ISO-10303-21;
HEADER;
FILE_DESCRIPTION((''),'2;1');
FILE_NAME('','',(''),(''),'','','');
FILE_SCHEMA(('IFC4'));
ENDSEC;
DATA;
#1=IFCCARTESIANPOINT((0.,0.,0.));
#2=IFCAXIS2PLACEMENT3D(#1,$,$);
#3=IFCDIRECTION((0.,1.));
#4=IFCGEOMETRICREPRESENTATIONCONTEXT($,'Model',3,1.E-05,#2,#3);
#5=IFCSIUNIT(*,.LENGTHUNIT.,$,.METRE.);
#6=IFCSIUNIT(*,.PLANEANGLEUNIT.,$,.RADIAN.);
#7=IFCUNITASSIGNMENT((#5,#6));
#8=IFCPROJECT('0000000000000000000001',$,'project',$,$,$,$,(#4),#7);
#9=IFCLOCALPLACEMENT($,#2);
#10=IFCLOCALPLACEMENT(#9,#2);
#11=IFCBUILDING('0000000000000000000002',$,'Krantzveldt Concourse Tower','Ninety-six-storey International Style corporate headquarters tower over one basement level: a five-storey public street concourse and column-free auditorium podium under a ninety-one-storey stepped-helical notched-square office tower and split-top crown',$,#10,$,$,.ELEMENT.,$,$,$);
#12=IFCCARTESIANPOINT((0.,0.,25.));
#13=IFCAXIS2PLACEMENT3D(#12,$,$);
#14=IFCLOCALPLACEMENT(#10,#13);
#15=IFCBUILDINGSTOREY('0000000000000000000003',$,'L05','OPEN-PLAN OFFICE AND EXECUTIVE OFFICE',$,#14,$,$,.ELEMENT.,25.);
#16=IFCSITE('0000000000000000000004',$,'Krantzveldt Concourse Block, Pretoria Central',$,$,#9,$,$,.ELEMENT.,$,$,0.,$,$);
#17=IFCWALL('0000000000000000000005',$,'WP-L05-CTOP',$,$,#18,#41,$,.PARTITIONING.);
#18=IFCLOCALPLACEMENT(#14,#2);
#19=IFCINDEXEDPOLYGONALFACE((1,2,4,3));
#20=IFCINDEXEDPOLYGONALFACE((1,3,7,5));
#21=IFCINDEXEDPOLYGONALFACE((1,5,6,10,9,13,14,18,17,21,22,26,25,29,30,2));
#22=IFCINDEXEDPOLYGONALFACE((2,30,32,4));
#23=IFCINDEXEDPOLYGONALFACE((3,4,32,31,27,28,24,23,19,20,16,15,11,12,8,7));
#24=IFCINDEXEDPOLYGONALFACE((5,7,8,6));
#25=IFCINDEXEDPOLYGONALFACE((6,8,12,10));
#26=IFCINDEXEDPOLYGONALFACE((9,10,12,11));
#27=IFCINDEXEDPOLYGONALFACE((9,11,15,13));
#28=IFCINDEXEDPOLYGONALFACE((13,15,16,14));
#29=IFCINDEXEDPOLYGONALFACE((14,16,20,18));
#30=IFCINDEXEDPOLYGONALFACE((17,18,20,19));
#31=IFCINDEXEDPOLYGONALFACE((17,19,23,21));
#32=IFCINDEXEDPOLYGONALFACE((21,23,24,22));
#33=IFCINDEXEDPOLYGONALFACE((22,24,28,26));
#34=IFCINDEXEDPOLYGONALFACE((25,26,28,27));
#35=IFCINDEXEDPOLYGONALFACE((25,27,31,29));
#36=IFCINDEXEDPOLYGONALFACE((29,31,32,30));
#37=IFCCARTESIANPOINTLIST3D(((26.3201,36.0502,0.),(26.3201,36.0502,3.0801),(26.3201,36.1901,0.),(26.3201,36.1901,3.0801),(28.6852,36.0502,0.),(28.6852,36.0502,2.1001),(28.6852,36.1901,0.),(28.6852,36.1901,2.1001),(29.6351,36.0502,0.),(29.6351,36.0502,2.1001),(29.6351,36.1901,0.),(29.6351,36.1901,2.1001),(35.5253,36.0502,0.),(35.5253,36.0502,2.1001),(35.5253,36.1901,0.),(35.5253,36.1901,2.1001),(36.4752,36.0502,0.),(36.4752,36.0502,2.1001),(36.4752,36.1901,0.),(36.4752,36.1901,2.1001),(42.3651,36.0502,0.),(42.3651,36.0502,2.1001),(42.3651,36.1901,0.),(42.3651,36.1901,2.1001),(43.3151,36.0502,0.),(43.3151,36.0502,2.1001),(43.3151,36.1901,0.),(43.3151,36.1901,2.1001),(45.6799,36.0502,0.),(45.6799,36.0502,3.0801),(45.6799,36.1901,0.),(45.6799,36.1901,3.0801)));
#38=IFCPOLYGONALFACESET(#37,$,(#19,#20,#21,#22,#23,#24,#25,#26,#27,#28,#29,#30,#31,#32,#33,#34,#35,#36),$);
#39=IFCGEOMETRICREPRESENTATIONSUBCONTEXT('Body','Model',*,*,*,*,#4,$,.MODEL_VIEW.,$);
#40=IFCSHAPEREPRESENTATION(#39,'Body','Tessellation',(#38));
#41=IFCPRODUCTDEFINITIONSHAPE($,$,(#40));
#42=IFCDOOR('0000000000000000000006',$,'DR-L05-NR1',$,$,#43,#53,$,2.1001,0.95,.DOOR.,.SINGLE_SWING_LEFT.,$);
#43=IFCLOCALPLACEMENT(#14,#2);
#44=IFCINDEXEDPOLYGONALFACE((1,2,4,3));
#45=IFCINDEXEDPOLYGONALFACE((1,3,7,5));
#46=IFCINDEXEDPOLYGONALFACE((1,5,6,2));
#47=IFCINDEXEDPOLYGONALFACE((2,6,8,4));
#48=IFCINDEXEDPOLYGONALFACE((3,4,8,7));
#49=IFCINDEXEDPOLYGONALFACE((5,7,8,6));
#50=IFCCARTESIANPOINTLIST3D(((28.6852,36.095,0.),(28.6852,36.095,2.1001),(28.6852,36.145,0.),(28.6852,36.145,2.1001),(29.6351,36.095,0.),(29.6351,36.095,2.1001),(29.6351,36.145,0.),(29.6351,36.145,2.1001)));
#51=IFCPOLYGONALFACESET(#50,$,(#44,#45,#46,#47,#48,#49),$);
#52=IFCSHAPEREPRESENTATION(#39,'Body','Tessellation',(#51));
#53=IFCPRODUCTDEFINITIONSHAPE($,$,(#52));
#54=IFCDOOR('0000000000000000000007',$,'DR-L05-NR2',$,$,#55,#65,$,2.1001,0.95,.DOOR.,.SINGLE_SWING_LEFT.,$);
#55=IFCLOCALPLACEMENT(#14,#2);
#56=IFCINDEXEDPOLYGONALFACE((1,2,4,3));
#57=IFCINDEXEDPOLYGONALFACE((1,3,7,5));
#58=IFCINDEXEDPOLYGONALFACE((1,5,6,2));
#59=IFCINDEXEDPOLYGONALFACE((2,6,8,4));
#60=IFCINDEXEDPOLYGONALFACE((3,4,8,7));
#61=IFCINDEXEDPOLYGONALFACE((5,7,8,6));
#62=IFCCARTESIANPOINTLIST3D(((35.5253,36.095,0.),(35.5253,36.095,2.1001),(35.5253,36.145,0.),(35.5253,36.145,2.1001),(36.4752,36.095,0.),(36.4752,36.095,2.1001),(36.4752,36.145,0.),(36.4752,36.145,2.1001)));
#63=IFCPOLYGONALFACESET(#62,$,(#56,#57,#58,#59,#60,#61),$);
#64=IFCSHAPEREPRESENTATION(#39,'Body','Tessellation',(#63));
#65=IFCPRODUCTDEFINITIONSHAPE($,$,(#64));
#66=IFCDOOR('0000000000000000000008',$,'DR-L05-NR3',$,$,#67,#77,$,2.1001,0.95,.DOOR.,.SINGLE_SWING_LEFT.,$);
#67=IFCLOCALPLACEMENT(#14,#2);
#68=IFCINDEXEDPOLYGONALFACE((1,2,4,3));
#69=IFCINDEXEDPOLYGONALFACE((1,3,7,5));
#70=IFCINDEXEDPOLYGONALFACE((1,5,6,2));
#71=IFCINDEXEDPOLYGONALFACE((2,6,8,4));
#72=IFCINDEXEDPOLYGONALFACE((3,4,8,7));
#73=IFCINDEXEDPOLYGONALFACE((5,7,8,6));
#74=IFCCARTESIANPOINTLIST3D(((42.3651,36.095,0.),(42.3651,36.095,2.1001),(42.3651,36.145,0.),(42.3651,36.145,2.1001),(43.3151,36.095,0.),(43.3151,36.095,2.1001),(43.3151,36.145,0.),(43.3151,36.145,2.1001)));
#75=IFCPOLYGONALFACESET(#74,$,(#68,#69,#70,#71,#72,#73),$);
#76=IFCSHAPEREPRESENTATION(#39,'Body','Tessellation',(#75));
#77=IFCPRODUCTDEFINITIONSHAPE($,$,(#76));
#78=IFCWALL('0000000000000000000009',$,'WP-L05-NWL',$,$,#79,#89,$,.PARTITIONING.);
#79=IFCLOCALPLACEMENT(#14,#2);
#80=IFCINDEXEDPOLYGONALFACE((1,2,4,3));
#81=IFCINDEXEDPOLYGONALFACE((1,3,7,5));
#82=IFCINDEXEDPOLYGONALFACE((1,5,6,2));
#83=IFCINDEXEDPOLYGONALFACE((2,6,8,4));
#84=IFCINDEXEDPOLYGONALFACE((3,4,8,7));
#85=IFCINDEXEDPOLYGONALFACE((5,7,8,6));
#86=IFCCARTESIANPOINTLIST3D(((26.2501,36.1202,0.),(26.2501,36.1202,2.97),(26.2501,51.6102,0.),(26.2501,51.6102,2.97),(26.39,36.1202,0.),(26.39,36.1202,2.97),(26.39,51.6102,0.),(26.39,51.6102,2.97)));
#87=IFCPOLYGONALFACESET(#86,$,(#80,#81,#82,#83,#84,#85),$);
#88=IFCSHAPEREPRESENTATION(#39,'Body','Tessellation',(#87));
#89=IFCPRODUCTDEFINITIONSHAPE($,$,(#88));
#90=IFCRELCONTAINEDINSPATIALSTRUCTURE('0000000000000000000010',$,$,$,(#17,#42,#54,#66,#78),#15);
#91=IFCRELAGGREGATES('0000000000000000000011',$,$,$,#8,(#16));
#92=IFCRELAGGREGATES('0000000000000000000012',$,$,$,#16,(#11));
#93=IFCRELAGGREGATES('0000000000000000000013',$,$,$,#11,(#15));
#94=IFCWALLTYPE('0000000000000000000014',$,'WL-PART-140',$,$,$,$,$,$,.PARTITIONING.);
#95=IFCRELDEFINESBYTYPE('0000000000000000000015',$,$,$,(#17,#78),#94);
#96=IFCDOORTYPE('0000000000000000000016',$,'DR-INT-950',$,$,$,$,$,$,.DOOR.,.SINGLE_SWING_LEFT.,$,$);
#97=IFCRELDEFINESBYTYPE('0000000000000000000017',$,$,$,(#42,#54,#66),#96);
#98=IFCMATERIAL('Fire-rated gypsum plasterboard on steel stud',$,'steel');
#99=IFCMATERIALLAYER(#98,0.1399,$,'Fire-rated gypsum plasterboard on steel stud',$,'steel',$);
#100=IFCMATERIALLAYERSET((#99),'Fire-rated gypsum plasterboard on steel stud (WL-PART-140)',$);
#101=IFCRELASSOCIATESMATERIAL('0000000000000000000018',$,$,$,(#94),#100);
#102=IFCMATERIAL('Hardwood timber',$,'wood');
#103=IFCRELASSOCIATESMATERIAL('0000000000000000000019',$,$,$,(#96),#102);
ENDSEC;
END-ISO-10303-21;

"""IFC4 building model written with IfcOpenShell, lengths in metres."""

from ifc_helpers import new_model, si_unit, direction, frame, frame_2d, origin, place, context, subcontext, project, spatial, rectangle, extrude, material, layer, layer_set, type_object, element, fill, save


model = new_model("IFC4")

# Units and contexts
model_context = context("Model", 3, precision=1e-05, world=origin(), true_north=direction((0.0, 1.0)))
body_context = subcontext(model_context, "Body", "Model", "MODEL_VIEW")
ifc_project = project(units=[si_unit("LENGTHUNIT", "METRE"), si_unit("PLANEANGLEUNIT", "RADIAN")], contexts=[model_context])

# Site, building, storey
site_placement = place(None, origin())
site = spatial("IfcSite", under=ifc_project, at=site_placement, Name="Krantzveldt Concourse Block, Pretoria Central", CompositionType="ELEMENT", RefElevation=0.0)
building_placement = place(site_placement, origin())
building = spatial("IfcBuilding", under=site, at=building_placement, Name="Krantzveldt Concourse Tower", Description="Ninety-six-storey International Style corporate headquarters tower over one basement level: a five-storey public street concourse and column-free auditorium podium under a ninety-one-storey stepped-helical notched-square office tower and split-top crown", CompositionType="ELEMENT")
storey_placement = place(building_placement, frame((0.0, 0.0, 25.0)))
storey = spatial("IfcBuildingStorey", under=building, at=storey_placement, Name="L05", Description="OPEN-PLAN OFFICE AND EXECUTIVE OFFICE", CompositionType="ELEMENT", Elevation=25.0)

# Shared definitions
ifc_material_1 = material(Name="Fire-rated gypsum plasterboard on steel stud", Category="steel")

# Wall, openings, doors
ifc_layer_1 = layer(ifc_material_1, 0.1399, Name="Fire-rated gypsum plasterboard on steel stud", Category="steel")
ifc_layer_set_1 = layer_set([ifc_layer_1], Name="Fire-rated gypsum plasterboard on steel stud (WL-PART-140)")
wall_type_1 = type_object("IfcWallType", Name="WL-PART-140", PredefinedType="PARTITIONING", material=ifc_layer_set_1)
ifc_material_2 = material(Name="Hardwood timber", Category="wood")
door_type_1 = type_object("IfcDoorType", Name="DR-INT-950", OperationType="SINGLE_SWING_LEFT", PredefinedType="DOOR", material=ifc_material_2)
wall_1_placement = place(storey_placement, frame((26.3201, 36.1201, 0.0), z_axis=(0.0, 0.0, 1.0), x_axis=(1.0, 0.0, 0.0)))
wall_1 = element("IfcWall", 1, at=wall_1_placement, inside=storey, type_object=wall_type_1, Name="WP-L05-CTOP", PredefinedType="PARTITIONING", context=body_context, shape_type="SweptSolid", body=[
    extrude(rectangle(XDim=19.3599, YDim=0.1399, at=frame_2d((9.6799, 0.0))), origin(), (0.0, 0.0, 1.0), 3.0801),
])
opening_1_placement = place(wall_1_placement, frame((2.365, 0.0, 0.0)))
opening_1 = element("IfcOpeningElement", 2, at=opening_1_placement, cuts=wall_1, PredefinedType="OPENING", context=body_context, shape_type="SweptSolid", body=[
    extrude(rectangle(XDim=0.95, YDim=2.1001, at=frame_2d((0.4751, 1.05))), frame((0.0, 0.0801, 0.0), z_axis=(0.0, -1.0, 0.0), x_axis=(1.0, 0.0, 0.0)), (0.0, 0.0, 1.0), 0.1599),
])
opening_2_placement = place(wall_1_placement, frame((9.2051, 0.0, 0.0)))
opening_2 = element("IfcOpeningElement", 3, at=opening_2_placement, cuts=wall_1, PredefinedType="OPENING", context=body_context, shape_type="SweptSolid", body=[
    extrude(rectangle(XDim=0.95, YDim=2.1001, at=frame_2d((0.4751, 1.05))), frame((0.0, 0.0801, 0.0), z_axis=(0.0, -1.0, 0.0), x_axis=(1.0, 0.0, 0.0)), (0.0, 0.0, 1.0), 0.1599),
])
opening_3_placement = place(wall_1_placement, frame((16.0449, 0.0, 0.0)))
opening_3 = element("IfcOpeningElement", 4, at=opening_3_placement, cuts=wall_1, PredefinedType="OPENING", context=body_context, shape_type="SweptSolid", body=[
    extrude(rectangle(XDim=0.95, YDim=2.1001, at=frame_2d((0.4751, 1.05))), frame((0.0, 0.0801, 0.0), z_axis=(0.0, -1.0, 0.0), x_axis=(1.0, 0.0, 0.0)), (0.0, 0.0, 1.0), 0.1599),
])
door_1_placement = place(opening_1_placement, origin())
door_1 = element("IfcDoor", 5, at=door_1_placement, inside=storey, type_object=door_type_1, Name="DR-L05-NR1", OperationType="SINGLE_SWING_LEFT", OverallHeight=2.1001, OverallWidth=0.95, PredefinedType="DOOR", context=body_context, shape_type="SweptSolid", body=[
    extrude(rectangle(XDim=0.95, YDim=2.1001, at=frame_2d((0.4751, 1.05))), frame((0.0, 0.0249, 0.0), z_axis=(0.0, -1.0, 0.0), x_axis=(1.0, 0.0, 0.0)), (0.0, 0.0, 1.0), 0.05),
])
fill(opening_1, door_1)
door_2_placement = place(opening_2_placement, origin())
door_2 = element("IfcDoor", 6, at=door_2_placement, inside=storey, type_object=door_type_1, Name="DR-L05-NR2", OperationType="SINGLE_SWING_LEFT", OverallHeight=2.1001, OverallWidth=0.95, PredefinedType="DOOR", context=body_context, shape_type="SweptSolid", body=[
    extrude(rectangle(XDim=0.95, YDim=2.1001, at=frame_2d((0.4751, 1.05))), frame((0.0, 0.0249, 0.0), z_axis=(0.0, -1.0, 0.0), x_axis=(1.0, 0.0, 0.0)), (0.0, 0.0, 1.0), 0.05),
])
fill(opening_2, door_2)
door_3_placement = place(opening_3_placement, origin())
door_3 = element("IfcDoor", 7, at=door_3_placement, inside=storey, type_object=door_type_1, Name="DR-L05-NR3", OperationType="SINGLE_SWING_LEFT", OverallHeight=2.1001, OverallWidth=0.95, PredefinedType="DOOR", context=body_context, shape_type="SweptSolid", body=[
    extrude(rectangle(XDim=0.95, YDim=2.1001, at=frame_2d((0.4751, 1.05))), frame((0.0, 0.0249, 0.0), z_axis=(0.0, -1.0, 0.0), x_axis=(1.0, 0.0, 0.0)), (0.0, 0.0, 1.0), 0.05),
])
fill(opening_3, door_3)

# Wall
wall_2_placement = place(storey_placement, frame((26.3201, 36.1201, 0.0), z_axis=(0.0, 0.0, 1.0), x_axis=(0.0, 1.0, 0.0)))
element("IfcWall", 8, at=wall_2_placement, inside=storey, type_object=wall_type_1, Name="WP-L05-NWL", PredefinedType="PARTITIONING", context=body_context, shape_type="SweptSolid", body=[
    extrude(rectangle(XDim=15.49, YDim=0.1399, at=frame_2d((7.7451, 0.0))), origin(), (0.0, 0.0, 1.0), 2.97),
])

save(model, "model.ifc")
